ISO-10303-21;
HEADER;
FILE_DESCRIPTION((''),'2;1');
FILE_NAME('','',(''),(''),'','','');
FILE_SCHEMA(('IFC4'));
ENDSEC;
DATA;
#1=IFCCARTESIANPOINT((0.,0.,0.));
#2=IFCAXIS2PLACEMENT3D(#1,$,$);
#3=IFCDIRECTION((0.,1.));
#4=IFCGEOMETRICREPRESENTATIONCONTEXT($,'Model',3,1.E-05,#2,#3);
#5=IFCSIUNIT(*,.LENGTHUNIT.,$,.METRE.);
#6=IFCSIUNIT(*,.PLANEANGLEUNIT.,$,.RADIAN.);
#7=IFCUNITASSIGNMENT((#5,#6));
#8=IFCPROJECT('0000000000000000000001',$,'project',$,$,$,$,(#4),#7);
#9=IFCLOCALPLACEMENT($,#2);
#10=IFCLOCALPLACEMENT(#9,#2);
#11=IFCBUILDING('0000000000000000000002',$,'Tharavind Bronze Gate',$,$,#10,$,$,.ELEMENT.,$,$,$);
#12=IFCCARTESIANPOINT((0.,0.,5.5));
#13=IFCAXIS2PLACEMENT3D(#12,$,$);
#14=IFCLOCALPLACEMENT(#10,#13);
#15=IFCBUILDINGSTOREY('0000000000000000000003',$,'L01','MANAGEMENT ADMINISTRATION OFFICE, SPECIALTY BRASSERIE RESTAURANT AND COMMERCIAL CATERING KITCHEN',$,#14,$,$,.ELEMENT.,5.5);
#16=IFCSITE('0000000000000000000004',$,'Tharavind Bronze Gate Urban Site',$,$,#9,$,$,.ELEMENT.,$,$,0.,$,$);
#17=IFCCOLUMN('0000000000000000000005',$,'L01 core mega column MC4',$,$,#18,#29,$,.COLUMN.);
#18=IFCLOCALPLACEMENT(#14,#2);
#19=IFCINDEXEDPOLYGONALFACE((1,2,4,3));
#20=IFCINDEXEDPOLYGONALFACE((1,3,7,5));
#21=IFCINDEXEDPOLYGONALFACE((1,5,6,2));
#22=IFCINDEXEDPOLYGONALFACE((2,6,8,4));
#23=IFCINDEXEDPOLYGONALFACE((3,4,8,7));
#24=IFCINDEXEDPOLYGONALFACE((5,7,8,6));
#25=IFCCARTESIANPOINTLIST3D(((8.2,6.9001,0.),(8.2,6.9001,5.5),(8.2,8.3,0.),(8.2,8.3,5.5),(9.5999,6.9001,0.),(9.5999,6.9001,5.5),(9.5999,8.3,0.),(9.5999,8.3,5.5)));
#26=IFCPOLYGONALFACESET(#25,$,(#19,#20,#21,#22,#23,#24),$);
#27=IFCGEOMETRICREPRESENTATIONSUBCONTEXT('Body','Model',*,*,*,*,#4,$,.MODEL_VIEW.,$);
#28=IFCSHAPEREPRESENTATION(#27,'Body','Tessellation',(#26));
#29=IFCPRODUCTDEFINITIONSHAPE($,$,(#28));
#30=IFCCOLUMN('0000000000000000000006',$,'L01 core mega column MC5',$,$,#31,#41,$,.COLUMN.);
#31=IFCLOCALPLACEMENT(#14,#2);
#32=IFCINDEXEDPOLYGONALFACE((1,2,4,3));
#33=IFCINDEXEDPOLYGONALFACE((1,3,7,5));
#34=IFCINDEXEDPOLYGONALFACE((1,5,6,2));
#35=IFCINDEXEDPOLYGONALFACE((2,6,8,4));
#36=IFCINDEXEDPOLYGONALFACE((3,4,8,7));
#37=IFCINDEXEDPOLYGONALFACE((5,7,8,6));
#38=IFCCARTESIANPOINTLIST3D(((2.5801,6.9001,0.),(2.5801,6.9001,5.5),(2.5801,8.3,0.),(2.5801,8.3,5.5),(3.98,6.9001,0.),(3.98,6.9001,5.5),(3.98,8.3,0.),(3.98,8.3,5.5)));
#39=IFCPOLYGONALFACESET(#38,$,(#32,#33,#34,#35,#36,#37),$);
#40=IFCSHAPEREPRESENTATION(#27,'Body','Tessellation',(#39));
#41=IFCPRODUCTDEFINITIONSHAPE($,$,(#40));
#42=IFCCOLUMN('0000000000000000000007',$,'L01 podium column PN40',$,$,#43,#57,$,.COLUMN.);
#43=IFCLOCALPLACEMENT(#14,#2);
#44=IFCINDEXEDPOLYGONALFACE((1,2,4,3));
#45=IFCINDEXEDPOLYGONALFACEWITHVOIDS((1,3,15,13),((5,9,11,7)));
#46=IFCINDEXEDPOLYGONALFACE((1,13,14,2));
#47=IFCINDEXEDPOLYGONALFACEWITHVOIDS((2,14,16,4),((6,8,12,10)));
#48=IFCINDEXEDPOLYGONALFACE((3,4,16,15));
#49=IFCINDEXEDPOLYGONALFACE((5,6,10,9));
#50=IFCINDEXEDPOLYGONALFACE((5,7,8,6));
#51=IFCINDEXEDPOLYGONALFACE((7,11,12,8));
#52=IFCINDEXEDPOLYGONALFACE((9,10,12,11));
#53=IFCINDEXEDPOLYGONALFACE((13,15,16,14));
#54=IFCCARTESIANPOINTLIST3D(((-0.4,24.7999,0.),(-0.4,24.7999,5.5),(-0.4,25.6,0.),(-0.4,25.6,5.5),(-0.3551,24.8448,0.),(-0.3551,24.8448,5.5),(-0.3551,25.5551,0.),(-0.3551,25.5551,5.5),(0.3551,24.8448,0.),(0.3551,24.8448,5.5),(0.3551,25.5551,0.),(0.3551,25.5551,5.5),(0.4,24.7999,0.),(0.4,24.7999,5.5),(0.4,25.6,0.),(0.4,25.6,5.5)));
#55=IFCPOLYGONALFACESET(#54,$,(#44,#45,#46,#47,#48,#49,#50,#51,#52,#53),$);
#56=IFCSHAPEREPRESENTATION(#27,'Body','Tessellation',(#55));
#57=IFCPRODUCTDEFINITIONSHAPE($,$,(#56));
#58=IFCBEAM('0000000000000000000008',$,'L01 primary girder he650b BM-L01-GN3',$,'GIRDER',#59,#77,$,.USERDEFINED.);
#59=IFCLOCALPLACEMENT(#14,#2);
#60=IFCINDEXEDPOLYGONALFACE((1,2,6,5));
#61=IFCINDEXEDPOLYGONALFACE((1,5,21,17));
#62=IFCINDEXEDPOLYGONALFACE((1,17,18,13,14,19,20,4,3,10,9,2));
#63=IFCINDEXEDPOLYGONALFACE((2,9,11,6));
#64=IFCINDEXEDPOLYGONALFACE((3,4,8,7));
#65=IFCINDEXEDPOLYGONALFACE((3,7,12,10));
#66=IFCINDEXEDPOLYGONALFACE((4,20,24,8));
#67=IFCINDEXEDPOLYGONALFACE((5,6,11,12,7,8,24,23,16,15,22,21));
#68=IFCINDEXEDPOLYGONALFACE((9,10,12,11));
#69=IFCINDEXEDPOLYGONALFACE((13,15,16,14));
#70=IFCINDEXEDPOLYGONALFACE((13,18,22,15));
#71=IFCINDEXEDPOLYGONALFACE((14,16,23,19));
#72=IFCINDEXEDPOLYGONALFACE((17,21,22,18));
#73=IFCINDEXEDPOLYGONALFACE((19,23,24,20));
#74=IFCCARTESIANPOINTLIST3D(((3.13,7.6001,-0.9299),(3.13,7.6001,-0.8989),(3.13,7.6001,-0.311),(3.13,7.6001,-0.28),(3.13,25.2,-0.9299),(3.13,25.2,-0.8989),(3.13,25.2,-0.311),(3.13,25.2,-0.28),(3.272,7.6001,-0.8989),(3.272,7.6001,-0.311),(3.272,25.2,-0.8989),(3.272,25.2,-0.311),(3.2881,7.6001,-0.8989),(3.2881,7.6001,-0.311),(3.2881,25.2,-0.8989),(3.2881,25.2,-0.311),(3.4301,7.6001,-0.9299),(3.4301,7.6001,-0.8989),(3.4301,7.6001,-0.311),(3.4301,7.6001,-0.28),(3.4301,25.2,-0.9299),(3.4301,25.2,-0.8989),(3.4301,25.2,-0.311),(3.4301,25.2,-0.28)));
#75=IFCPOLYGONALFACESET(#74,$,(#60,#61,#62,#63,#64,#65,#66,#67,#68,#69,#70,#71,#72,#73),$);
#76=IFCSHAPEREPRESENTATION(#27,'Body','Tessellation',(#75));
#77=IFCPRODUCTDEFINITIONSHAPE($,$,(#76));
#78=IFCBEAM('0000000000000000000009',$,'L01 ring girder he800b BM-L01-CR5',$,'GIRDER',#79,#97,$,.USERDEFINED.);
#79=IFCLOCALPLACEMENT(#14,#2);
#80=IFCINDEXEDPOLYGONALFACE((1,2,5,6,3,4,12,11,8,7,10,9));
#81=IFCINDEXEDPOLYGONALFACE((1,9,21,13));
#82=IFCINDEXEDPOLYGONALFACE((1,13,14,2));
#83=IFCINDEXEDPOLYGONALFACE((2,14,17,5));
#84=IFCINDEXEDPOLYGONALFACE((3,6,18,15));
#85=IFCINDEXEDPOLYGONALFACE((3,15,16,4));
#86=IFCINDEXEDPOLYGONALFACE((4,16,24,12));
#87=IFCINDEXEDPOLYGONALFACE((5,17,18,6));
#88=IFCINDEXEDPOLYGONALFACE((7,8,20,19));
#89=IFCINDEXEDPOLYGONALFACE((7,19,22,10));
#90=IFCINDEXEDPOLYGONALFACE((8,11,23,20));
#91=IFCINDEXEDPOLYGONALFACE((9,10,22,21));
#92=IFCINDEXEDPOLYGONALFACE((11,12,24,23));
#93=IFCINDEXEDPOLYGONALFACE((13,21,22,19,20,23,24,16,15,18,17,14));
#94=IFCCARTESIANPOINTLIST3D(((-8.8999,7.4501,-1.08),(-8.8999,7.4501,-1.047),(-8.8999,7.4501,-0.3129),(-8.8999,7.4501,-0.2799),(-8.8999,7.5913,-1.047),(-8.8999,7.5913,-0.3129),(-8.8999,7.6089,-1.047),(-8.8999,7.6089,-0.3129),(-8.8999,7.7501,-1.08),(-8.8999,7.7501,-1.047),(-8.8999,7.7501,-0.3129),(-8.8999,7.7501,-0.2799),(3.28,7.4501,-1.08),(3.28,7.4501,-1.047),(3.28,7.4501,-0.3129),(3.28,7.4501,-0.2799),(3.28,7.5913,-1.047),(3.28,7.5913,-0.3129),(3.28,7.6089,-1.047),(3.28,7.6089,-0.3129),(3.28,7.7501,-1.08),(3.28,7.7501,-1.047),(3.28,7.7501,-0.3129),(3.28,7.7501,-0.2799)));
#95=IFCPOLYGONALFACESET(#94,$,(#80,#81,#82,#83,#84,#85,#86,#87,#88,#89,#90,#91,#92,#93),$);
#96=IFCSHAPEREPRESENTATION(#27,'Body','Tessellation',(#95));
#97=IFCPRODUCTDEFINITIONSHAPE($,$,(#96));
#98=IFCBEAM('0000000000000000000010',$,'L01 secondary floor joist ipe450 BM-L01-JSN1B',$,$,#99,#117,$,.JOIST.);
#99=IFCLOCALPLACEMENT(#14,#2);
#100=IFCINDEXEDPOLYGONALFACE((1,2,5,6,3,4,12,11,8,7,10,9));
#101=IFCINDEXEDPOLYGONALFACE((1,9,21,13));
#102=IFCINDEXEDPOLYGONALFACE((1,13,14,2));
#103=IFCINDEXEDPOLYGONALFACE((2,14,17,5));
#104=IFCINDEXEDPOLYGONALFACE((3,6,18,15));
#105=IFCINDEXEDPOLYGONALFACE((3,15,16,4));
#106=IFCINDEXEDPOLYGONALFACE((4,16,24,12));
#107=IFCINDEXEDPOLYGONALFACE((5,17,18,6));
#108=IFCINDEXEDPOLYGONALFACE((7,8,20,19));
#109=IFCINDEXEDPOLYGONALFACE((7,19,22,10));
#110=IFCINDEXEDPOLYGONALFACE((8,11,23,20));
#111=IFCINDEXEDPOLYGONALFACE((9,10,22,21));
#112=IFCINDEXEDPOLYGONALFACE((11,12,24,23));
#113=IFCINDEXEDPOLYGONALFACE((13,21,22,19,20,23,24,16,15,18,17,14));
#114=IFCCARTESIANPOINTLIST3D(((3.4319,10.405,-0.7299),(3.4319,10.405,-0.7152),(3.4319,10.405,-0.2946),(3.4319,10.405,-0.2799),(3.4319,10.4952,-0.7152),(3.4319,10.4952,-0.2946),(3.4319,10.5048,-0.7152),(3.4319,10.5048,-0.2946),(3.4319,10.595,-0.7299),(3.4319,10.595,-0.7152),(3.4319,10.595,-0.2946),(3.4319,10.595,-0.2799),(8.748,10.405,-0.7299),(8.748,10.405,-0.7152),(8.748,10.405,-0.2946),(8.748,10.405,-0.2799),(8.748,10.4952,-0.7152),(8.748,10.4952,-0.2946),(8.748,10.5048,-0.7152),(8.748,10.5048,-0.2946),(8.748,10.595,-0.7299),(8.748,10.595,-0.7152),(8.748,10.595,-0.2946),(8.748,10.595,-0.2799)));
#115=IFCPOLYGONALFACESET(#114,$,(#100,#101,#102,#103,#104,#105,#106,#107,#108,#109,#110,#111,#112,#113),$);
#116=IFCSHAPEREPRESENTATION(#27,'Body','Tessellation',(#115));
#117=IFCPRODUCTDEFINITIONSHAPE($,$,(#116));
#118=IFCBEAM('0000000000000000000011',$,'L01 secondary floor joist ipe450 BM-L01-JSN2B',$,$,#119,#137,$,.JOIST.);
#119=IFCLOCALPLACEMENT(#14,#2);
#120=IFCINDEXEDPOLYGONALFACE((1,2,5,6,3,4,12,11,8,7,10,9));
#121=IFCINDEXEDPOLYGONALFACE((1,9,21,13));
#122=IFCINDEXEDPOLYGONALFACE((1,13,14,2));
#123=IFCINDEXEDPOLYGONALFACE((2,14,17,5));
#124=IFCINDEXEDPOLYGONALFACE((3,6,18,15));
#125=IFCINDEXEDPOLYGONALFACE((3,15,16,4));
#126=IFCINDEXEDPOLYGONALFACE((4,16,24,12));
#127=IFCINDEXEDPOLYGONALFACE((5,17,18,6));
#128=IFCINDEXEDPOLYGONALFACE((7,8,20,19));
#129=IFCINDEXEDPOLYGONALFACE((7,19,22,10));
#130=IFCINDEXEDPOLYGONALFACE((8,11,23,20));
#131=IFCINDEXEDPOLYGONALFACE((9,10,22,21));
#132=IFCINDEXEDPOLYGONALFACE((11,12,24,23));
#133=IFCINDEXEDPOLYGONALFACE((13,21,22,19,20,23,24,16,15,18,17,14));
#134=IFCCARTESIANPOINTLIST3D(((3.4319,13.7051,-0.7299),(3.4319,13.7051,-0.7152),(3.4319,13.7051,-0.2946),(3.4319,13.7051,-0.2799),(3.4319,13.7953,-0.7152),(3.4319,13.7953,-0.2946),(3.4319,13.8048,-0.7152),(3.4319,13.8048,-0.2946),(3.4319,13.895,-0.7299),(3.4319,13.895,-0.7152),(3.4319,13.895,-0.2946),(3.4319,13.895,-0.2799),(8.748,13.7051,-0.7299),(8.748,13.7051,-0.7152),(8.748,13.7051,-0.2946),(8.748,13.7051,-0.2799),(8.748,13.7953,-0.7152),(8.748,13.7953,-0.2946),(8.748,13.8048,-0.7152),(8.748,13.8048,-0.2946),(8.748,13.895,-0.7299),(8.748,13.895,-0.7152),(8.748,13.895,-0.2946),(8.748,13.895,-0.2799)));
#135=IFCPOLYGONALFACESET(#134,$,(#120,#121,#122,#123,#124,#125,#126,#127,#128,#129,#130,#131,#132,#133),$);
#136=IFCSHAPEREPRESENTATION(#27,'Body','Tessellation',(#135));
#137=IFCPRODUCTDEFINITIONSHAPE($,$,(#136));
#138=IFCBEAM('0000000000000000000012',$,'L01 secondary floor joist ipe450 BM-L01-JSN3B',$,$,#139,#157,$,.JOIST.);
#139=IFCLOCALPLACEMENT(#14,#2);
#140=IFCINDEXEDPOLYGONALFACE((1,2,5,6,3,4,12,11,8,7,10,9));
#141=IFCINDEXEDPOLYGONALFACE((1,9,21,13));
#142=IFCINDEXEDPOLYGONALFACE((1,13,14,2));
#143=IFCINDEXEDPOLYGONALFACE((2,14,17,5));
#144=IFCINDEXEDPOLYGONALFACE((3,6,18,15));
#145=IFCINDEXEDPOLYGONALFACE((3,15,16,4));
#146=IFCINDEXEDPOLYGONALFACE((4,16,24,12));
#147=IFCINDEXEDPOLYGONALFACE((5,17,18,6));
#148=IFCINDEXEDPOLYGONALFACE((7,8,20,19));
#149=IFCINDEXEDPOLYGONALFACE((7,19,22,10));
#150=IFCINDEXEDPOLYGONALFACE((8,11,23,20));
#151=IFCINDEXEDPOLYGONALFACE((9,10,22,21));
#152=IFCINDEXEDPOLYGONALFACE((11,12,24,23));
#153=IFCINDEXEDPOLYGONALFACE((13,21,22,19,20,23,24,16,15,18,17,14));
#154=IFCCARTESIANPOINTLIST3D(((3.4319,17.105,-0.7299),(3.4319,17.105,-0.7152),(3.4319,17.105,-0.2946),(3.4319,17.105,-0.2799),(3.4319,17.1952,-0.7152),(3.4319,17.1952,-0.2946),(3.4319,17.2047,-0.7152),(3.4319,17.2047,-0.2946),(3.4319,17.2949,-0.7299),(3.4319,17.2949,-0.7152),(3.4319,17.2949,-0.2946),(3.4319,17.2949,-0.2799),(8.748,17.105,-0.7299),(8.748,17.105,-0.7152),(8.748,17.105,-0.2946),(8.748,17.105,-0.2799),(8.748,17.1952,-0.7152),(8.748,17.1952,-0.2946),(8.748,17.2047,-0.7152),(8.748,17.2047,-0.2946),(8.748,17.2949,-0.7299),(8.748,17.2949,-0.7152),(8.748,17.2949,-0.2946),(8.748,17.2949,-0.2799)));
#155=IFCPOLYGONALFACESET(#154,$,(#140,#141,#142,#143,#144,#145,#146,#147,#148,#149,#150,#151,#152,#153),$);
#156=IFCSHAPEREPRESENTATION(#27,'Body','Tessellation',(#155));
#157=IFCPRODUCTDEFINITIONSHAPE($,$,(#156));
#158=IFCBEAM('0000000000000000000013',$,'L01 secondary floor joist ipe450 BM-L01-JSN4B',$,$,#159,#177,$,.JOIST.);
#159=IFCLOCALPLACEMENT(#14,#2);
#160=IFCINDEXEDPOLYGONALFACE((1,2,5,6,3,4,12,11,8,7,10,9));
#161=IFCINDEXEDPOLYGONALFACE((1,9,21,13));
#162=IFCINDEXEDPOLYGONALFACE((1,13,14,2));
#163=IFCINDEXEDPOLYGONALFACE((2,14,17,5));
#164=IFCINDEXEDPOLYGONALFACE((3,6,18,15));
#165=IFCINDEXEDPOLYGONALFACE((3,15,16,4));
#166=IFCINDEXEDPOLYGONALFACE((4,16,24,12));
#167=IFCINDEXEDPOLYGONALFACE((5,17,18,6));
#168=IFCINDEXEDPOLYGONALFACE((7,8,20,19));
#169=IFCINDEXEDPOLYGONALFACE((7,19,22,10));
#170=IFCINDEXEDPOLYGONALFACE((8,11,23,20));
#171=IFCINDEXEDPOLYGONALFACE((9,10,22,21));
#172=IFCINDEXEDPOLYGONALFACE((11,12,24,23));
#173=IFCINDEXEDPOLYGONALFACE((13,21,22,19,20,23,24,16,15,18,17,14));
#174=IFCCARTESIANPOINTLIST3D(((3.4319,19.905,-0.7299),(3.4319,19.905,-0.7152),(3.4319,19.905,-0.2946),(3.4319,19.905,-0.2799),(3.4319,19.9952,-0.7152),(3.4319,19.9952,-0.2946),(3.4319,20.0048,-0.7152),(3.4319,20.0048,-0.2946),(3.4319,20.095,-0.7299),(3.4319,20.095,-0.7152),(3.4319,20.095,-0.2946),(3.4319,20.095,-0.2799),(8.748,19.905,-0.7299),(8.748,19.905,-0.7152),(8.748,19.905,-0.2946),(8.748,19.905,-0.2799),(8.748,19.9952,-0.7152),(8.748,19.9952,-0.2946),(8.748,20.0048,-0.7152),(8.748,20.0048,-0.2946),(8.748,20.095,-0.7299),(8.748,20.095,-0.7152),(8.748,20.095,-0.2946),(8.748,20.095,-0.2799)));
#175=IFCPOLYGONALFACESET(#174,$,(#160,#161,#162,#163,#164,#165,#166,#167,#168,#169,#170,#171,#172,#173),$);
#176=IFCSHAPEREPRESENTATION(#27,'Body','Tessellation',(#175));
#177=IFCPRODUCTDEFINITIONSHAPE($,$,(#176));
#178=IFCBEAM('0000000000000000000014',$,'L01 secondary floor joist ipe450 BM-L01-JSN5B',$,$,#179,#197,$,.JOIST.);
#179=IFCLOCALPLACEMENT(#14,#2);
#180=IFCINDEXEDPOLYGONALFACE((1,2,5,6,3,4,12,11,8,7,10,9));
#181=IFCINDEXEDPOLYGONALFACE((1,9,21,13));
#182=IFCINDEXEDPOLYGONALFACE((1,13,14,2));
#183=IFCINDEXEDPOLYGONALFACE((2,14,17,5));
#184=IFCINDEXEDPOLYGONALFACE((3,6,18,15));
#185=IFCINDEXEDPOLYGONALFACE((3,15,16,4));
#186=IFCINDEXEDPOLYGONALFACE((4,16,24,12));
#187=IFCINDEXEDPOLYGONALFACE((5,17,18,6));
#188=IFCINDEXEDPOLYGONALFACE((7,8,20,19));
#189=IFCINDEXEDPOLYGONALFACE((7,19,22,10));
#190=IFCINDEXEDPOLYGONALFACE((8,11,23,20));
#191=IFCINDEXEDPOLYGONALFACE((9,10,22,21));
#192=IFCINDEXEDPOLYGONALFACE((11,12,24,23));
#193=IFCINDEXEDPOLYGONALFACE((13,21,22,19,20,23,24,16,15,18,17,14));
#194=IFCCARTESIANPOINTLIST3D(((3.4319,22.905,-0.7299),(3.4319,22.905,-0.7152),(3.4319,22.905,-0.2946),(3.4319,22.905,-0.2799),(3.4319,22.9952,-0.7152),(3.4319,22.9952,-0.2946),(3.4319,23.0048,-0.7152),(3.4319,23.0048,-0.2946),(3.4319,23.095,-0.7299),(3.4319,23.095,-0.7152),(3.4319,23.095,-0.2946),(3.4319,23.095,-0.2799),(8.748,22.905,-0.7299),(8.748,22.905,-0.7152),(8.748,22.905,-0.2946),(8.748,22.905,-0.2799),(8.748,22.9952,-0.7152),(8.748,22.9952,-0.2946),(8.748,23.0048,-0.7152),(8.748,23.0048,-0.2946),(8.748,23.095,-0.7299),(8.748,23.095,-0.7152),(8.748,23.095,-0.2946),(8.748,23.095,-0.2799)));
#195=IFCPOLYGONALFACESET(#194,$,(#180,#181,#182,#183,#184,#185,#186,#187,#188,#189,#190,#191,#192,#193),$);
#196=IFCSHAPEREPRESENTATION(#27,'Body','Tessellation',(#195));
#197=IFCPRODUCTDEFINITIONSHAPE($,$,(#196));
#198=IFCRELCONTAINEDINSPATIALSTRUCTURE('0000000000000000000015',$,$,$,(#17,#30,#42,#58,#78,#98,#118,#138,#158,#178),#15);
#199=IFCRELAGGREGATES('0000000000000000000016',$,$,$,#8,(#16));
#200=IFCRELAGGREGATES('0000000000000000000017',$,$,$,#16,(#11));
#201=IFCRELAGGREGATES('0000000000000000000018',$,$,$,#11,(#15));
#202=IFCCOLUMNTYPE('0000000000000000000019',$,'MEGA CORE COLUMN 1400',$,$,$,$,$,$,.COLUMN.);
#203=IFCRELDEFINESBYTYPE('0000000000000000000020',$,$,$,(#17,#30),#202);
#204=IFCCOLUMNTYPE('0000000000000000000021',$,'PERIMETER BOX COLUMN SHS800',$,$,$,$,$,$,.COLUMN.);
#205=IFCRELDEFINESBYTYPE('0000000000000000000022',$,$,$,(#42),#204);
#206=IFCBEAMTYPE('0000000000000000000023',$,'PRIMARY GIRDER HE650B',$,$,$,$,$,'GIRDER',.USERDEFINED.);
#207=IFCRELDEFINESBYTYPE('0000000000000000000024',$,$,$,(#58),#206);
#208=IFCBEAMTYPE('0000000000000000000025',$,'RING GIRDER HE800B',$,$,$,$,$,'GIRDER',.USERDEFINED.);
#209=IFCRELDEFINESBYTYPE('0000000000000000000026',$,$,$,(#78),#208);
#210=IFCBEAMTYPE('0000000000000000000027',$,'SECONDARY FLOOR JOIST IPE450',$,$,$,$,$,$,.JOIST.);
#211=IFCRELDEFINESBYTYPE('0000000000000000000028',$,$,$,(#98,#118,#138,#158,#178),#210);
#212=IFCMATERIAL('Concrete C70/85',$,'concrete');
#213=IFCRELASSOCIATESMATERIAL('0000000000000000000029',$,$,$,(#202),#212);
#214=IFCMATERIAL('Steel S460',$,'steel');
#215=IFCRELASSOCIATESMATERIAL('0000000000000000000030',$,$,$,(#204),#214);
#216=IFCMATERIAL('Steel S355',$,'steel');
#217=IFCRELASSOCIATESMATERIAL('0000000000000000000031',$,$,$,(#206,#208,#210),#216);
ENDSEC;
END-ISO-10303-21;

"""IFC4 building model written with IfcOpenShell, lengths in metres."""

from ifc_helpers import new_model, si_unit, direction, frame, origin, origin_2d, place, context, subcontext, project, spatial, rectangle, hollow_rectangle, i_section, extrude, material, material_profile, profile_set, type_object, element, save


model = new_model("IFC4")

# Units and contexts
model_context = context("Model", 3, precision=1e-05, world=origin(), true_north=direction((0.0, 1.0)))
body_context = subcontext(model_context, "Body", "Model", "MODEL_VIEW")
ifc_project = project(units=[si_unit("LENGTHUNIT", "METRE"), si_unit("PLANEANGLEUNIT", "RADIAN")], contexts=[model_context])

# Site, building, storey
site_placement = place(None, origin())
site = spatial("IfcSite", under=ifc_project, at=site_placement, Name="Tharavind Bronze Gate Urban Site", CompositionType="ELEMENT", RefElevation=0.0)
building_placement = place(site_placement, origin())
building = spatial("IfcBuilding", under=site, at=building_placement, Name="Tharavind Bronze Gate", CompositionType="ELEMENT")
storey_placement = place(building_placement, frame((0.0, 0.0, 5.5)))
storey = spatial("IfcBuildingStorey", under=building, at=storey_placement, Name="L01", Description="MANAGEMENT ADMINISTRATION OFFICE, SPECIALTY BRASSERIE RESTAURANT AND COMMERCIAL CATERING KITCHEN", CompositionType="ELEMENT", Elevation=5.5)

# Columns
ifc_material_1 = material(Name="Concrete C70/85", Category="concrete")
ifc_material_profile_1 = material_profile(ifc_material_1, rectangle(XDim=1.3999, YDim=1.3999, at=origin_2d()), Name="RCCOL1400")
ifc_profile_set_1 = profile_set([ifc_material_profile_1], Name="Concrete C70/85")
column_type_1 = type_object("IfcColumnType", Name="MEGA CORE COLUMN 1400", PredefinedType="COLUMN", material=ifc_profile_set_1)
for number, where, z_axis, x_axis, name in (
    (1, (8.8999, 7.6001, 0.0), (0.0, 0.0, 1.0), (1.0, 0.0, 0.0), "L01 core mega column MC4"),
    (2, (3.28, 7.6001, 0.0), (0.0, 0.0, 1.0), (1.0, 0.0, 0.0), "L01 core mega column MC5"),
):
    element("IfcColumn", number, at=place(storey_placement, frame(where, z_axis=z_axis, x_axis=x_axis)), inside=storey, type_object=column_type_1, Name=name, PredefinedType="COLUMN", context=body_context, shape_type="SweptSolid", body=[
        extrude(rectangle(XDim=1.3999, YDim=1.3999, at=origin_2d()), origin(), (0.0, 0.0, 1.0), 5.5),
    ])
ifc_material_2 = material(Name="Steel S460", Category="steel")
ifc_material_profile_2 = material_profile(ifc_material_2, hollow_rectangle(XDim=0.8, YDim=0.8, WallThickness=0.0449, at=origin_2d()), Name="SHS800X45")
ifc_profile_set_2 = profile_set([ifc_material_profile_2], Name="Steel S460")
column_type_2 = type_object("IfcColumnType", Name="PERIMETER BOX COLUMN SHS800", PredefinedType="COLUMN", material=ifc_profile_set_2)
column_placement = place(storey_placement, frame((0.0, 25.2, 0.0), z_axis=(0.0, 0.0, 1.0), x_axis=(1.0, 0.0, 0.0)))
element("IfcColumn", 3, at=column_placement, inside=storey, type_object=column_type_2, Name="L01 podium column PN40", PredefinedType="COLUMN", context=body_context, shape_type="SweptSolid", body=[
    extrude(hollow_rectangle(XDim=0.8, YDim=0.8, WallThickness=0.0449, at=origin_2d()), origin(), (0.0, 0.0, 1.0), 5.5),
])

# Beams
ifc_material_3 = material(Name="Steel S355", Category="steel")
ifc_material_profile_3 = material_profile(ifc_material_3, i_section(OverallWidth=0.3, OverallDepth=0.6499, WebThickness=0.0161, FlangeThickness=0.031, at=origin_2d()), Name="HE650B")
ifc_profile_set_3 = profile_set([ifc_material_profile_3], Name="Steel S355")
beam_type_1 = type_object("IfcBeamType", Name="PRIMARY GIRDER HE650B", ElementType="GIRDER", PredefinedType="USERDEFINED", material=ifc_profile_set_3)
beam_1_placement = place(storey_placement, frame((3.28, 25.2, -0.605), z_axis=(0.0, -1.0, 0.0), x_axis=(1.0, 0.0, 0.0)))
element("IfcBeam", 4, at=beam_1_placement, inside=storey, type_object=beam_type_1, Name="L01 primary girder he650b BM-L01-GN3", ObjectType="GIRDER", PredefinedType="USERDEFINED", context=body_context, shape_type="SweptSolid", body=[
    extrude(i_section(OverallWidth=0.3, OverallDepth=0.6499, WebThickness=0.0161, FlangeThickness=0.031, at=origin_2d()), origin(), (0.0, 0.0, 1.0), 17.5999),
])
ifc_material_profile_4 = material_profile(ifc_material_3, i_section(OverallWidth=0.3, OverallDepth=0.8, WebThickness=0.0176, FlangeThickness=0.033, at=origin_2d()), Name="HE800B")
ifc_profile_set_4 = profile_set([ifc_material_profile_4], Name="Steel S355")
beam_type_2 = type_object("IfcBeamType", Name="RING GIRDER HE800B", ElementType="GIRDER", PredefinedType="USERDEFINED", material=ifc_profile_set_4)
beam_2_placement = place(storey_placement, frame((3.28, 7.6001, -0.6799), z_axis=(-1.0, 0.0, 0.0), x_axis=(0.0, -1.0, 0.0)))
element("IfcBeam", 5, at=beam_2_placement, inside=storey, type_object=beam_type_2, Name="L01 ring girder he800b BM-L01-CR5", ObjectType="GIRDER", PredefinedType="USERDEFINED", context=body_context, shape_type="SweptSolid", body=[
    extrude(i_section(OverallWidth=0.3, OverallDepth=0.8, WebThickness=0.0176, FlangeThickness=0.033, at=origin_2d()), origin(), (0.0, 0.0, 1.0), 12.1799),
])
ifc_material_profile_5 = material_profile(ifc_material_3, i_section(OverallWidth=0.1899, OverallDepth=0.45, WebThickness=0.0095, FlangeThickness=0.0146, at=origin_2d()), Name="IPE450")
ifc_profile_set_5 = profile_set([ifc_material_profile_5], Name="Steel S355")
beam_type_3 = type_object("IfcBeamType", Name="SECONDARY FLOOR JOIST IPE450", PredefinedType="JOIST", material=ifc_profile_set_5)
for number, where, z_axis, x_axis, name in (
    (6, (3.4319, 10.5, -0.5049), (1.0, 0.0, 0.0), (0.0, 1.0, 0.0), "L01 secondary floor joist ipe450 BM-L01-JSN1B"),
    (7, (3.4319, 13.8, -0.5049), (1.0, 0.0, 0.0), (0.0, 1.0, 0.0), "L01 secondary floor joist ipe450 BM-L01-JSN2B"),
    (8, (3.4319, 17.2, -0.5049), (1.0, 0.0, 0.0), (0.0, 1.0, 0.0), "L01 secondary floor joist ipe450 BM-L01-JSN3B"),
    (9, (3.4319, 20.0, -0.5049), (1.0, 0.0, 0.0), (0.0, 1.0, 0.0), "L01 secondary floor joist ipe450 BM-L01-JSN4B"),
    (10, (3.4319, 23.0, -0.5049), (1.0, 0.0, 0.0), (0.0, 1.0, 0.0), "L01 secondary floor joist ipe450 BM-L01-JSN5B"),
):
    element("IfcBeam", number, at=place(storey_placement, frame(where, z_axis=z_axis, x_axis=x_axis)), inside=storey, type_object=beam_type_3, Name=name, PredefinedType="JOIST", context=body_context, shape_type="SweptSolid", body=[
        extrude(i_section(OverallWidth=0.1899, OverallDepth=0.45, WebThickness=0.0095, FlangeThickness=0.0146, at=origin_2d()), origin(), (0.0, 0.0, 1.0), 5.3162),
    ])

save(model, "model.ifc")
